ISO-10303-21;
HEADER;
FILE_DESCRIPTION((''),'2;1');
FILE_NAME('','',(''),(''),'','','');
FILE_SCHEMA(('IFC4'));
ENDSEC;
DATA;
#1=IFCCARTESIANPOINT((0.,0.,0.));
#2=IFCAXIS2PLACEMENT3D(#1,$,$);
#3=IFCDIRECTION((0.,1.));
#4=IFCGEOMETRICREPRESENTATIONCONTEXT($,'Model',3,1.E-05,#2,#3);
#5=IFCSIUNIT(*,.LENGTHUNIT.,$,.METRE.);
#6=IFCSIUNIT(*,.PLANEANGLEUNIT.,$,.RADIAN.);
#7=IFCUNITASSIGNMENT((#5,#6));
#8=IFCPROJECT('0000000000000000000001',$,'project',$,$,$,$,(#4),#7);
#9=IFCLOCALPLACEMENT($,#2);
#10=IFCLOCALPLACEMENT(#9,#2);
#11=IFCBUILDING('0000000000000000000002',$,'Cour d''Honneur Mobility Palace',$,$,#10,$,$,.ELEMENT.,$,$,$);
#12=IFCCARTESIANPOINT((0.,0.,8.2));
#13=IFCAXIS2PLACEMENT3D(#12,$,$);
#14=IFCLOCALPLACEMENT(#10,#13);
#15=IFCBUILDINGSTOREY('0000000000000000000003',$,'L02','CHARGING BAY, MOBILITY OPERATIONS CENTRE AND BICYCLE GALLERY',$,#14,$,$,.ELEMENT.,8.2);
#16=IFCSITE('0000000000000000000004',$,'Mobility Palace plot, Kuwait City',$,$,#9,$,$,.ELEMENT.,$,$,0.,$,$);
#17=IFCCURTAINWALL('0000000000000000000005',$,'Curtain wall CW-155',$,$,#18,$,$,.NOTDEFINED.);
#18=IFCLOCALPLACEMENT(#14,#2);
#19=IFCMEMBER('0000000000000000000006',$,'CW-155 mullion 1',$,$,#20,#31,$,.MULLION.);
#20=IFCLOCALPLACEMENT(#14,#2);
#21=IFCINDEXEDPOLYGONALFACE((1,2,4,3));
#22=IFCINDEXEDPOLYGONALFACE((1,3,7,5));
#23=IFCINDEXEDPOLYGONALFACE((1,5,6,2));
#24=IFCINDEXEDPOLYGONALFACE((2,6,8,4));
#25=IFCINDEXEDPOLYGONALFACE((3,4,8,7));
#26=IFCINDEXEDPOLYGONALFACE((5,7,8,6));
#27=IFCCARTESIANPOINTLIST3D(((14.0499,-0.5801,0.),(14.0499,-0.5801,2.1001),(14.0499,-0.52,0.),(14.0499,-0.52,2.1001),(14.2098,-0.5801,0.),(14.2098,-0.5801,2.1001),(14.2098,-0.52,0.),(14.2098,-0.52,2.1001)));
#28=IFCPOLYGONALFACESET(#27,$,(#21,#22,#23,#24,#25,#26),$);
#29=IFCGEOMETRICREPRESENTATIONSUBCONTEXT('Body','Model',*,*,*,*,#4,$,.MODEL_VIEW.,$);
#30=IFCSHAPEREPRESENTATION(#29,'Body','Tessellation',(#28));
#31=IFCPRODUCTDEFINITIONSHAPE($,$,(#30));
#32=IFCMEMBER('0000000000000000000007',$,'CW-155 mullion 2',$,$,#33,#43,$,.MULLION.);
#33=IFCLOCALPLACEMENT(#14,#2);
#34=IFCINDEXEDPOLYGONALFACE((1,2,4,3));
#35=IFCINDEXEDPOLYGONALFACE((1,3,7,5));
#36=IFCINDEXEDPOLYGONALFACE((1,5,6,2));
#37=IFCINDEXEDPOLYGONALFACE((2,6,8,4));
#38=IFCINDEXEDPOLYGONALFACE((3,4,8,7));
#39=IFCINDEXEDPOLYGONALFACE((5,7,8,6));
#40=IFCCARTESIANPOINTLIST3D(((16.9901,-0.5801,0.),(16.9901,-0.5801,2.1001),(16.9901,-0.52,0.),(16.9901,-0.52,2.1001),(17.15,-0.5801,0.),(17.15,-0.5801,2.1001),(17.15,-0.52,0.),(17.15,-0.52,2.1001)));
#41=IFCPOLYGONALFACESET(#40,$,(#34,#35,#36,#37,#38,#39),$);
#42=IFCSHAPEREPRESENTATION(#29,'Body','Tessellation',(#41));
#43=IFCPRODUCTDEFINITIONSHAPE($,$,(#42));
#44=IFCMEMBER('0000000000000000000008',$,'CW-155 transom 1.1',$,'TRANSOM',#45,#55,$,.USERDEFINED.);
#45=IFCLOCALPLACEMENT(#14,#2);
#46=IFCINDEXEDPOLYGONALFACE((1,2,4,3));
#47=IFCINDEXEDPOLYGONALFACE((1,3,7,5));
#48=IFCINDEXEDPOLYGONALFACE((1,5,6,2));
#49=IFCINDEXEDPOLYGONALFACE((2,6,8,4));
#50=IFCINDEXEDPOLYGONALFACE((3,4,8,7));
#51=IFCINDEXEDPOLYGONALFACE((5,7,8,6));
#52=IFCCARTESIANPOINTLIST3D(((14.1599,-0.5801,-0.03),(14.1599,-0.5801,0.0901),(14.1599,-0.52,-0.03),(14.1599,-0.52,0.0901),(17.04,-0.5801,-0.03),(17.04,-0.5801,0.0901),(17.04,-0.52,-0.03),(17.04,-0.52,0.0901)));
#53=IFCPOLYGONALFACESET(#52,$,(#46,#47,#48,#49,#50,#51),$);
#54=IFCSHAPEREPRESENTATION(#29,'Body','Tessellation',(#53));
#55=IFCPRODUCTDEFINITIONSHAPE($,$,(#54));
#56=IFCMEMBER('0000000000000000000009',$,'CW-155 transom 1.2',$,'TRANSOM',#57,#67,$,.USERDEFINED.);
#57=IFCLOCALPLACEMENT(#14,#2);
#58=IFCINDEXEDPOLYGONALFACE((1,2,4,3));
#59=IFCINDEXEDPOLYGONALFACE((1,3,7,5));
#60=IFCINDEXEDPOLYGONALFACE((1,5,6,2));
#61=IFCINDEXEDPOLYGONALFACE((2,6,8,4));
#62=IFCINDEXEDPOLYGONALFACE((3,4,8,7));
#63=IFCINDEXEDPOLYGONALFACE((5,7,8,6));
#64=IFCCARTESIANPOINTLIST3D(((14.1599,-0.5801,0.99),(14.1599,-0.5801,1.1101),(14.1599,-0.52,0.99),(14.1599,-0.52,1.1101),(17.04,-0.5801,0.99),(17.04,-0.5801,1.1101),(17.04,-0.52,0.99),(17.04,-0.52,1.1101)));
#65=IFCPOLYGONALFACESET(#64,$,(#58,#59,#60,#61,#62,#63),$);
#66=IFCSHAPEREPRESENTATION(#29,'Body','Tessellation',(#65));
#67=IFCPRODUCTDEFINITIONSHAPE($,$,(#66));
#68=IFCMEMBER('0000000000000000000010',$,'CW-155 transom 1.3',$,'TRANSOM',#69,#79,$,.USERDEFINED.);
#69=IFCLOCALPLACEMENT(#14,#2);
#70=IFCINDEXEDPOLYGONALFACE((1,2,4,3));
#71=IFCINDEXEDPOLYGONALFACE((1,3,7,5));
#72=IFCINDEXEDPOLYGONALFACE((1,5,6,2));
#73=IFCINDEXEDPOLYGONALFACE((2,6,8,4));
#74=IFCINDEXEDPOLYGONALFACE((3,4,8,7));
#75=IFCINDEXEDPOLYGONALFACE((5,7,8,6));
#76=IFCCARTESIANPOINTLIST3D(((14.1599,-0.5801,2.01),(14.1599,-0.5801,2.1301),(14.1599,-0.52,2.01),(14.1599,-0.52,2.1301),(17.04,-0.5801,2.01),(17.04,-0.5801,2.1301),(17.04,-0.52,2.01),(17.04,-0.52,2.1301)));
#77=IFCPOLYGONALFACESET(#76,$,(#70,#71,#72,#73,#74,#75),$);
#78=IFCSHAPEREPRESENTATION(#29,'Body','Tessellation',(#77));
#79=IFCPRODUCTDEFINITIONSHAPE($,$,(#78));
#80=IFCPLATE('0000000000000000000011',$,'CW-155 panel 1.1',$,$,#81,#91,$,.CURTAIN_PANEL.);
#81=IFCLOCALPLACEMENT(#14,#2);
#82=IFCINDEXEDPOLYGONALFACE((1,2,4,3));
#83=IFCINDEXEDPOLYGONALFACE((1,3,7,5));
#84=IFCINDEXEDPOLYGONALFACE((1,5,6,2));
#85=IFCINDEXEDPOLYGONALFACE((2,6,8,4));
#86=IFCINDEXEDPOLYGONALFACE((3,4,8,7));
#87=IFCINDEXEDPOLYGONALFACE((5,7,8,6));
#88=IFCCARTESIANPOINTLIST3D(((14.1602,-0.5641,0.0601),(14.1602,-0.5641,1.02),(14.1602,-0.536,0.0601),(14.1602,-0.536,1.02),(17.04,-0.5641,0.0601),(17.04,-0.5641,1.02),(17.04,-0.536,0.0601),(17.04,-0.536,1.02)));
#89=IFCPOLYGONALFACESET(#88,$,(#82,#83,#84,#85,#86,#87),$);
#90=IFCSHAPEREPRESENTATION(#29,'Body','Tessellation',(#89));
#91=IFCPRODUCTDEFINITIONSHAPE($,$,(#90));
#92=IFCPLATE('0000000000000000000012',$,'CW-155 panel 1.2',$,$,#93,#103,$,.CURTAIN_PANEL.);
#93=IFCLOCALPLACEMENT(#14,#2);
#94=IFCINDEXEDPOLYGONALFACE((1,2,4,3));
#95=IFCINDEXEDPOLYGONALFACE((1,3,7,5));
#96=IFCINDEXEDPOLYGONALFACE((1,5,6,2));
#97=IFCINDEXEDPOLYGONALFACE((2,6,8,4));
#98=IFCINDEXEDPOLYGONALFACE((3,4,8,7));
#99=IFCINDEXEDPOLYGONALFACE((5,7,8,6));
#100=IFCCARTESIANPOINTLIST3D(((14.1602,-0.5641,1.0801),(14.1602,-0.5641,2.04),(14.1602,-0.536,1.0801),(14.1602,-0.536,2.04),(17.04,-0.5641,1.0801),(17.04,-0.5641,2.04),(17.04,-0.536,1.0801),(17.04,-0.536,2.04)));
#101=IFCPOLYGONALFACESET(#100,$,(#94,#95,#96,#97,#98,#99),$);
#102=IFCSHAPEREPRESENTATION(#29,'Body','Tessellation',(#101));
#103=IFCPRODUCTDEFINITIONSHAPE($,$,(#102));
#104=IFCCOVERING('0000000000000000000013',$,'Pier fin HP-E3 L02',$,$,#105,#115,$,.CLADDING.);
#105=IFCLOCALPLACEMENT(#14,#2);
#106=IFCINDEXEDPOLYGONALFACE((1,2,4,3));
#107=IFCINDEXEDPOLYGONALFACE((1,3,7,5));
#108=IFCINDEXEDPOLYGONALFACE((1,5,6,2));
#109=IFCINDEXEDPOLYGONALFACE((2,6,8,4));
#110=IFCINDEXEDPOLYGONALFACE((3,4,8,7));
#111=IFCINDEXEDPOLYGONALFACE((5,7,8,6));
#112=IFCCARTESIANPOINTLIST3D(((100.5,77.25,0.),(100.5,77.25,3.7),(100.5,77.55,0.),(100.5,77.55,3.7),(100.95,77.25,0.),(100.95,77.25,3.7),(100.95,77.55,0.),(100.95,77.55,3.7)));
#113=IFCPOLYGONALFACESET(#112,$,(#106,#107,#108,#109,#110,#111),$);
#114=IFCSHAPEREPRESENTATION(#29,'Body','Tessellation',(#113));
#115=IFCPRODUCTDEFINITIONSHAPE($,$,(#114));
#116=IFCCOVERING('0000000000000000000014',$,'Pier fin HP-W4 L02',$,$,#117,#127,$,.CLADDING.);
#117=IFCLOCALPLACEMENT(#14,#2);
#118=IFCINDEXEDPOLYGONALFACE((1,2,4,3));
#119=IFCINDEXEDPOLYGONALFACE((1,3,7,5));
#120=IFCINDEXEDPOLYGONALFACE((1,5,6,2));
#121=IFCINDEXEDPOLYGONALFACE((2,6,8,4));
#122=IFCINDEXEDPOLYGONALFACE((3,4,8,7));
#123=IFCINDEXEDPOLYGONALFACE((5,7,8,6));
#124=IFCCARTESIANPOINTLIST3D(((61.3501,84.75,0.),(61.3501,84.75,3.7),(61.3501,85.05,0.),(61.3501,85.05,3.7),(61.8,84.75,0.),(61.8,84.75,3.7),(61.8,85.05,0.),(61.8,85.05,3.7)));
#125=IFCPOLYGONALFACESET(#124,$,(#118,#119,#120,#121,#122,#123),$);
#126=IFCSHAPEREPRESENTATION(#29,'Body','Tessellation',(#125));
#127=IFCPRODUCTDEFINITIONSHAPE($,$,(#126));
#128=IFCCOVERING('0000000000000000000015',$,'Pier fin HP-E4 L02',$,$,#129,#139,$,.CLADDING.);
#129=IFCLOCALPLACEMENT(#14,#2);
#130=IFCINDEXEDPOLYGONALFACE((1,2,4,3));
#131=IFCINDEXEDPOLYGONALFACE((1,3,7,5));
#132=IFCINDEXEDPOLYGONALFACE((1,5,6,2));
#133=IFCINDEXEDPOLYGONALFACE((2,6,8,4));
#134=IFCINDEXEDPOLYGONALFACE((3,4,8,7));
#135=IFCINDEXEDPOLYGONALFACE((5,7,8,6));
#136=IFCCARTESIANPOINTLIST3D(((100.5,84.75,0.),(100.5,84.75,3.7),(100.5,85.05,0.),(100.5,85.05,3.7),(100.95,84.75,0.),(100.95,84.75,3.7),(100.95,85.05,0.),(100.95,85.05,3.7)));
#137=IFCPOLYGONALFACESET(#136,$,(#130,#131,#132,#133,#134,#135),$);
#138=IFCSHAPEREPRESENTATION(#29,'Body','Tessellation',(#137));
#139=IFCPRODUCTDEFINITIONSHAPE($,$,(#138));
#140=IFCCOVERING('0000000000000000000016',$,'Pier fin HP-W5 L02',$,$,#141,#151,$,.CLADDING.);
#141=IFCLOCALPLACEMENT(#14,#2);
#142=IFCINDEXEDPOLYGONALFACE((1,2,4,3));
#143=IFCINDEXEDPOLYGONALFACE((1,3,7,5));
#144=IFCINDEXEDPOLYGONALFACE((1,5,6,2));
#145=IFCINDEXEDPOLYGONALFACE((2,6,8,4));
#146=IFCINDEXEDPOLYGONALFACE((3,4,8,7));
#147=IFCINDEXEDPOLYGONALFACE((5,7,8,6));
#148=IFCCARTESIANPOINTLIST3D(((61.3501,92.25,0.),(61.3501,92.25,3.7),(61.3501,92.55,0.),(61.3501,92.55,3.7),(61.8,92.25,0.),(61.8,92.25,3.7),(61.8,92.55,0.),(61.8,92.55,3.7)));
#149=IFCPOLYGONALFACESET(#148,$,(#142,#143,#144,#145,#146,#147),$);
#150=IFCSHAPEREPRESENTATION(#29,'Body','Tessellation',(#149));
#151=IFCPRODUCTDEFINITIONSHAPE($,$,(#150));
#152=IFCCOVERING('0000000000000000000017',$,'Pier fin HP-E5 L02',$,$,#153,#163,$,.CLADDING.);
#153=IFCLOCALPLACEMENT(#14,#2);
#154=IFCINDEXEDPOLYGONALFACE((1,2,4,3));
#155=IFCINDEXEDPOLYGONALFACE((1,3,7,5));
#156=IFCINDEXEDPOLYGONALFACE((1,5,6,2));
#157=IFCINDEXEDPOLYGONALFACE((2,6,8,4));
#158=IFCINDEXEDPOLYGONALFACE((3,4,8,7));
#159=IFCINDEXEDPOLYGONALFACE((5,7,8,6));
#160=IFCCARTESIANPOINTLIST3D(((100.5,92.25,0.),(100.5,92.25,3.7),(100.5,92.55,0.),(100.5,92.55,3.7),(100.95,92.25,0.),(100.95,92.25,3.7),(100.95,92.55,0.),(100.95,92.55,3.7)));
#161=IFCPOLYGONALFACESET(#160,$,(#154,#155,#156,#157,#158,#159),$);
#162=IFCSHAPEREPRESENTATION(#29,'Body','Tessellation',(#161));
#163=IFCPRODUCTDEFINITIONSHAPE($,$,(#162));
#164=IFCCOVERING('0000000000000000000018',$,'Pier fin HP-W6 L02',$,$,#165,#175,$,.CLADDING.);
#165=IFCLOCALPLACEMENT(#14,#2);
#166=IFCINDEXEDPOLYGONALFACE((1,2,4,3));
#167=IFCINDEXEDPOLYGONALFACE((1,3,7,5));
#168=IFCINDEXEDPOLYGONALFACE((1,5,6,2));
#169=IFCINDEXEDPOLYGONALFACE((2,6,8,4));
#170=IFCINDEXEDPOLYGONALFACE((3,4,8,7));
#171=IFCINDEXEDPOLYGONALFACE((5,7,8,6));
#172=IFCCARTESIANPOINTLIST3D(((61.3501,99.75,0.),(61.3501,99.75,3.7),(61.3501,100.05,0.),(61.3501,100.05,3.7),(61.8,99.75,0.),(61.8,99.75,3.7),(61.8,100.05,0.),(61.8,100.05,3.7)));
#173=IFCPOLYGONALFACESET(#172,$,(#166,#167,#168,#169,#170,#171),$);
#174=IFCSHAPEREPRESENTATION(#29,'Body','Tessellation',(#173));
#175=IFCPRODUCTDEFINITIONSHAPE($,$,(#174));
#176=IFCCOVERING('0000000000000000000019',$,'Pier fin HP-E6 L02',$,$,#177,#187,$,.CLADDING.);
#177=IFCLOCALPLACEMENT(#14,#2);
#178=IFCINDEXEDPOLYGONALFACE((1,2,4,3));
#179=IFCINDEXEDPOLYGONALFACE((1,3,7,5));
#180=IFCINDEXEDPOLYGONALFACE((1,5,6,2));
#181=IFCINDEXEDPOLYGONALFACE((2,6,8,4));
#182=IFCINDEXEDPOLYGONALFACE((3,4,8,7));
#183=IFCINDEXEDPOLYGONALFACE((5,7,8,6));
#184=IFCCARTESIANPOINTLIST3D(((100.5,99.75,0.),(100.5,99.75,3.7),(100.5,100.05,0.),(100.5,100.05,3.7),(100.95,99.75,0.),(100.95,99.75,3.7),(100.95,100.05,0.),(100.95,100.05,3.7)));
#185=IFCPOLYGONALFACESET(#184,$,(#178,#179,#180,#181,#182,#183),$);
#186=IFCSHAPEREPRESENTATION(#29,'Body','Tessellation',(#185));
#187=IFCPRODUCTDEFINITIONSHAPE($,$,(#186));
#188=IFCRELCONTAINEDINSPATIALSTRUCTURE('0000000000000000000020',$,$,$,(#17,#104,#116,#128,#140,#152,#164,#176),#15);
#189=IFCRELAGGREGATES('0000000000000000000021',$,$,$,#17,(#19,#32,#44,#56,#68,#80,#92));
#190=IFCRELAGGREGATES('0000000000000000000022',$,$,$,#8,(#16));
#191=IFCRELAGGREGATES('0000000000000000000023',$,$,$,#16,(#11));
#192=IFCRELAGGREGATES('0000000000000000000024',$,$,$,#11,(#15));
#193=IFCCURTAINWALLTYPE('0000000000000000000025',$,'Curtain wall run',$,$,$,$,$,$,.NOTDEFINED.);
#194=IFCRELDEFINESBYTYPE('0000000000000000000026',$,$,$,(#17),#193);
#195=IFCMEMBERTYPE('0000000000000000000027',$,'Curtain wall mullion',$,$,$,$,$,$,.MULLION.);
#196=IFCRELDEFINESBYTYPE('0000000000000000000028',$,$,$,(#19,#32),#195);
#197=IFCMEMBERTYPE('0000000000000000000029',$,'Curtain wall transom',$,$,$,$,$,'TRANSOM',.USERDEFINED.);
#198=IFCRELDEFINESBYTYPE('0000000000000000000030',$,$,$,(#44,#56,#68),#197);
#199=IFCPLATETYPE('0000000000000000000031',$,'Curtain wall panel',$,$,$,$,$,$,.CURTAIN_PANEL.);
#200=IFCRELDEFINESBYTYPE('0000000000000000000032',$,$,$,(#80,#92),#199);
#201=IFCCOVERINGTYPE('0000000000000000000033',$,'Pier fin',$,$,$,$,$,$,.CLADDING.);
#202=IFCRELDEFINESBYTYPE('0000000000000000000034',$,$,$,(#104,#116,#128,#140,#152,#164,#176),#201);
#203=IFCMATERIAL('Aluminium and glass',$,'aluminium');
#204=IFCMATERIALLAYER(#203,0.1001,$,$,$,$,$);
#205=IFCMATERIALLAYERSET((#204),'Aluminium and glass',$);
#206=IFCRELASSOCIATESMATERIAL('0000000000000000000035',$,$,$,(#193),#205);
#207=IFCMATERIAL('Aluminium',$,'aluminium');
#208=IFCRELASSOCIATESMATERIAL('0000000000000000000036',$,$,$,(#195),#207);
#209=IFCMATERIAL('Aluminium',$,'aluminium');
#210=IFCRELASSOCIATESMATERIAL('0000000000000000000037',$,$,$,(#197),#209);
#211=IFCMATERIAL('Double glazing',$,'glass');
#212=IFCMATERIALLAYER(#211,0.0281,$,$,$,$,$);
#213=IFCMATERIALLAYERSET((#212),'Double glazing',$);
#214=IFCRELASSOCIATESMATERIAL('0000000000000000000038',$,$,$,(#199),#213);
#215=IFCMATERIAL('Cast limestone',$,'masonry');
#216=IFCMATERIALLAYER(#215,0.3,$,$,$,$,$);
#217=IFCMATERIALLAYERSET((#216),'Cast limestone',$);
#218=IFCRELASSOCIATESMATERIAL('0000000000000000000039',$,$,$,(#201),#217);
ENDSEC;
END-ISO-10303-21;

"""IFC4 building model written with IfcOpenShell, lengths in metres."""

from ifc_helpers import new_model, si_unit, direction, frame, origin, origin_2d, place, context, subcontext, project, spatial, polyline, rectangle, outline, extrude, material, layer, layer_set, material_profile, profile_set, type_object, element, aggregate, save


model = new_model("IFC4")

# Units and contexts
model_context = context("Model", 3, precision=1e-05, world=origin(), true_north=direction((0.0, 1.0)))
body_context = subcontext(model_context, "Body", "Model", "MODEL_VIEW")
ifc_project = project(units=[si_unit("LENGTHUNIT", "METRE"), si_unit("PLANEANGLEUNIT", "RADIAN")], contexts=[model_context])

# Site, building, storey
site_placement = place(None, origin())
site = spatial("IfcSite", under=ifc_project, at=site_placement, Name="Mobility Palace plot, Kuwait City", CompositionType="ELEMENT", RefElevation=0.0)
building_placement = place(site_placement, origin())
building = spatial("IfcBuilding", under=site, at=building_placement, Name="Cour d'Honneur Mobility Palace", CompositionType="ELEMENT")
storey_placement = place(building_placement, frame((0.0, 0.0, 8.2)))
storey = spatial("IfcBuildingStorey", under=building, at=storey_placement, Name="L02", Description="CHARGING BAY, MOBILITY OPERATIONS CENTRE AND BICYCLE GALLERY", CompositionType="ELEMENT", Elevation=8.2)

# Curtain wall, members, plates
ifc_material_1 = material(Name="Aluminium and glass", Category="aluminium")
ifc_layer_1 = layer(ifc_material_1, 0.1001)
ifc_layer_set_1 = layer_set([ifc_layer_1], Name="Aluminium and glass")
curtain_wall_type = type_object("IfcCurtainWallType", Name="Curtain wall run", PredefinedType="NOTDEFINED", material=ifc_layer_set_1)
curtain_wall_placement = place(storey_placement, origin())
curtain_wall = element("IfcCurtainWall", 1, at=curtain_wall_placement, inside=storey, type_object=curtain_wall_type, Name="Curtain wall CW-155", PredefinedType="NOTDEFINED")
ifc_material_2 = material(Name="Aluminium", Category="aluminium")
ifc_material_profile_1 = material_profile(ifc_material_2, rectangle(XDim=0.0601, YDim=0.1599, at=origin_2d()), Name="Curtain wall mullion")
ifc_profile_set_1 = profile_set([ifc_material_profile_1], Name="Aluminium")
member_type_1 = type_object("IfcMemberType", Name="Curtain wall mullion", PredefinedType="MULLION", material=ifc_profile_set_1)
member_1_placement = place(storey_placement, frame((14.1299, -0.55, 0.0), z_axis=(0.0, 0.0, 1.0), x_axis=(0.0, 1.0, 0.0)))
member_1 = element("IfcMember", 2, at=member_1_placement, type_object=member_type_1, Name="CW-155 mullion 1", PredefinedType="MULLION", context=body_context, shape_type="SweptSolid", body=[
    extrude(rectangle(XDim=0.0601, YDim=0.1599, at=origin_2d()), origin(), (0.0, 0.0, 1.0), 2.1001),
])
member_2_placement = place(storey_placement, frame((17.0701, -0.55, 0.0), z_axis=(0.0, 0.0, 1.0), x_axis=(0.0, 1.0, 0.0)))
member_2 = element("IfcMember", 3, at=member_2_placement, type_object=member_type_1, Name="CW-155 mullion 2", PredefinedType="MULLION", context=body_context, shape_type="SweptSolid", body=[
    extrude(rectangle(XDim=0.0601, YDim=0.1599, at=origin_2d()), origin(), (0.0, 0.0, 1.0), 2.1001),
])
ifc_material_3 = material(Name="Aluminium", Category="aluminium")
ifc_material_profile_2 = material_profile(ifc_material_3, rectangle(XDim=0.0601, YDim=0.1201, at=origin_2d()), Name="Curtain wall transom")
ifc_profile_set_2 = profile_set([ifc_material_profile_2], Name="Aluminium")
member_type_2 = type_object("IfcMemberType", Name="Curtain wall transom", ElementType="TRANSOM", PredefinedType="USERDEFINED", material=ifc_profile_set_2)
member_3_placement = place(storey_placement, frame((14.1599, -0.55, 0.03), z_axis=(1.0, 0.0, 0.0), x_axis=(0.0, 1.0, 0.0)))
member_3 = element("IfcMember", 4, at=member_3_placement, type_object=member_type_2, Name="CW-155 transom 1.1", ObjectType="TRANSOM", PredefinedType="USERDEFINED", context=body_context, shape_type="SweptSolid", body=[
    extrude(rectangle(XDim=0.0601, YDim=0.1201, at=origin_2d()), origin(), (0.0, 0.0, 1.0), 2.8801),
])
member_4_placement = place(storey_placement, frame((14.1599, -0.55, 1.05), z_axis=(1.0, 0.0, 0.0), x_axis=(0.0, 1.0, 0.0)))
member_4 = element("IfcMember", 5, at=member_4_placement, type_object=member_type_2, Name="CW-155 transom 1.2", ObjectType="TRANSOM", PredefinedType="USERDEFINED", context=body_context, shape_type="SweptSolid", body=[
    extrude(rectangle(XDim=0.0601, YDim=0.1201, at=origin_2d()), origin(), (0.0, 0.0, 1.0), 2.8801),
])
member_5_placement = place(storey_placement, frame((14.1599, -0.55, 2.0701), z_axis=(1.0, 0.0, 0.0), x_axis=(0.0, 1.0, 0.0)))
member_5 = element("IfcMember", 6, at=member_5_placement, type_object=member_type_2, Name="CW-155 transom 1.3", ObjectType="TRANSOM", PredefinedType="USERDEFINED", context=body_context, shape_type="SweptSolid", body=[
    extrude(rectangle(XDim=0.0601, YDim=0.1201, at=origin_2d()), origin(), (0.0, 0.0, 1.0), 2.8801),
])
ifc_material_4 = material(Name="Double glazing", Category="glass")
ifc_layer_2 = layer(ifc_material_4, 0.0281)
ifc_layer_set_2 = layer_set([ifc_layer_2], Name="Double glazing")
plate_type = type_object("IfcPlateType", Name="Curtain wall panel", PredefinedType="CURTAIN_PANEL", material=ifc_layer_set_2)
plate_1_placement = place(storey_placement, frame((15.6001, -0.55, 0.0601), z_axis=(0.0, 0.0, 1.0), x_axis=(1.0, 0.0, 0.0)))
plate_1 = element("IfcPlate", 7, at=plate_1_placement, type_object=plate_type, Name="CW-155 panel 1.1", PredefinedType="CURTAIN_PANEL", context=body_context, shape_type="SweptSolid", body=[
    extrude(rectangle(XDim=2.8799, YDim=0.0281, at=origin_2d()), origin(), (0.0, 0.0, 1.0), 0.96),
])
plate_2_placement = place(storey_placement, frame((15.6001, -0.55, 1.0801), z_axis=(0.0, 0.0, 1.0), x_axis=(1.0, 0.0, 0.0)))
plate_2 = element("IfcPlate", 8, at=plate_2_placement, type_object=plate_type, Name="CW-155 panel 1.2", PredefinedType="CURTAIN_PANEL", context=body_context, shape_type="SweptSolid", body=[
    extrude(rectangle(XDim=2.8799, YDim=0.0281, at=origin_2d()), origin(), (0.0, 0.0, 1.0), 0.96),
])
aggregate(curtain_wall, [member_1, member_2, member_3, member_4, member_5, plate_1, plate_2])

# Coverings
ifc_material_5 = material(Name="Cast limestone", Category="masonry")
ifc_layer_3 = layer(ifc_material_5, 0.3)
ifc_layer_set_3 = layer_set([ifc_layer_3], Name="Cast limestone")
covering_type_1 = type_object("IfcCoveringType", Name="Pier fin", PredefinedType="CLADDING", material=ifc_layer_set_3)
covering_1_placement = place(storey_placement, origin())
element("IfcCovering", 9, at=covering_1_placement, inside=storey, type_object=covering_type_1, Name="Pier fin HP-E3 L02", PredefinedType="CLADDING", context=body_context, shape_type="SweptSolid", body=[
    extrude(outline(polyline([(100.5, 77.25), (100.95, 77.25), (100.95, 77.55), (100.5, 77.55), (100.5, 77.25)])), origin(), (0.0, 0.0, 1.0), 3.7),
])
covering_2_placement = place(storey_placement, origin())
element("IfcCovering", 10, at=covering_2_placement, inside=storey, type_object=covering_type_1, Name="Pier fin HP-W4 L02", PredefinedType="CLADDING", context=body_context, shape_type="SweptSolid", body=[
    extrude(outline(polyline([(61.3501, 84.75), (61.8, 84.75), (61.8, 85.05), (61.3501, 85.05), (61.3501, 84.75)])), origin(), (0.0, 0.0, 1.0), 3.7),
])
covering_3_placement = place(storey_placement, origin())
element("IfcCovering", 11, at=covering_3_placement, inside=storey, type_object=covering_type_1, Name="Pier fin HP-E4 L02", PredefinedType="CLADDING", context=body_context, shape_type="SweptSolid", body=[
    extrude(outline(polyline([(100.5, 84.75), (100.95, 84.75), (100.95, 85.05), (100.5, 85.05), (100.5, 84.75)])), origin(), (0.0, 0.0, 1.0), 3.7),
])
covering_4_placement = place(storey_placement, origin())
element("IfcCovering", 12, at=covering_4_placement, inside=storey, type_object=covering_type_1, Name="Pier fin HP-W5 L02", PredefinedType="CLADDING", context=body_context, shape_type="SweptSolid", body=[
    extrude(outline(polyline([(61.3501, 92.25), (61.8, 92.25), (61.8, 92.55), (61.3501, 92.55), (61.3501, 92.25)])), origin(), (0.0, 0.0, 1.0), 3.7),
])
covering_5_placement = place(storey_placement, origin())
element("IfcCovering", 13, at=covering_5_placement, inside=storey, type_object=covering_type_1, Name="Pier fin HP-E5 L02", PredefinedType="CLADDING", context=body_context, shape_type="SweptSolid", body=[
    extrude(outline(polyline([(100.5, 92.25), (100.95, 92.25), (100.95, 92.55), (100.5, 92.55), (100.5, 92.25)])), origin(), (0.0, 0.0, 1.0), 3.7),
])
covering_6_placement = place(storey_placement, origin())
element("IfcCovering", 14, at=covering_6_placement, inside=storey, type_object=covering_type_1, Name="Pier fin HP-W6 L02", PredefinedType="CLADDING", context=body_context, shape_type="SweptSolid", body=[
    extrude(outline(polyline([(61.3501, 99.75), (61.8, 99.75), (61.8, 100.05), (61.3501, 100.05), (61.3501, 99.75)])), origin(), (0.0, 0.0, 1.0), 3.7),
])
covering_7_placement = place(storey_placement, origin())
element("IfcCovering", 15, at=covering_7_placement, inside=storey, type_object=covering_type_1, Name="Pier fin HP-E6 L02", PredefinedType="CLADDING", context=body_context, shape_type="SweptSolid", body=[
    extrude(outline(polyline([(100.5, 99.75), (100.95, 99.75), (100.95, 100.05), (100.5, 100.05), (100.5, 99.75)])), origin(), (0.0, 0.0, 1.0), 3.7),
])

save(model, "model.ifc")
